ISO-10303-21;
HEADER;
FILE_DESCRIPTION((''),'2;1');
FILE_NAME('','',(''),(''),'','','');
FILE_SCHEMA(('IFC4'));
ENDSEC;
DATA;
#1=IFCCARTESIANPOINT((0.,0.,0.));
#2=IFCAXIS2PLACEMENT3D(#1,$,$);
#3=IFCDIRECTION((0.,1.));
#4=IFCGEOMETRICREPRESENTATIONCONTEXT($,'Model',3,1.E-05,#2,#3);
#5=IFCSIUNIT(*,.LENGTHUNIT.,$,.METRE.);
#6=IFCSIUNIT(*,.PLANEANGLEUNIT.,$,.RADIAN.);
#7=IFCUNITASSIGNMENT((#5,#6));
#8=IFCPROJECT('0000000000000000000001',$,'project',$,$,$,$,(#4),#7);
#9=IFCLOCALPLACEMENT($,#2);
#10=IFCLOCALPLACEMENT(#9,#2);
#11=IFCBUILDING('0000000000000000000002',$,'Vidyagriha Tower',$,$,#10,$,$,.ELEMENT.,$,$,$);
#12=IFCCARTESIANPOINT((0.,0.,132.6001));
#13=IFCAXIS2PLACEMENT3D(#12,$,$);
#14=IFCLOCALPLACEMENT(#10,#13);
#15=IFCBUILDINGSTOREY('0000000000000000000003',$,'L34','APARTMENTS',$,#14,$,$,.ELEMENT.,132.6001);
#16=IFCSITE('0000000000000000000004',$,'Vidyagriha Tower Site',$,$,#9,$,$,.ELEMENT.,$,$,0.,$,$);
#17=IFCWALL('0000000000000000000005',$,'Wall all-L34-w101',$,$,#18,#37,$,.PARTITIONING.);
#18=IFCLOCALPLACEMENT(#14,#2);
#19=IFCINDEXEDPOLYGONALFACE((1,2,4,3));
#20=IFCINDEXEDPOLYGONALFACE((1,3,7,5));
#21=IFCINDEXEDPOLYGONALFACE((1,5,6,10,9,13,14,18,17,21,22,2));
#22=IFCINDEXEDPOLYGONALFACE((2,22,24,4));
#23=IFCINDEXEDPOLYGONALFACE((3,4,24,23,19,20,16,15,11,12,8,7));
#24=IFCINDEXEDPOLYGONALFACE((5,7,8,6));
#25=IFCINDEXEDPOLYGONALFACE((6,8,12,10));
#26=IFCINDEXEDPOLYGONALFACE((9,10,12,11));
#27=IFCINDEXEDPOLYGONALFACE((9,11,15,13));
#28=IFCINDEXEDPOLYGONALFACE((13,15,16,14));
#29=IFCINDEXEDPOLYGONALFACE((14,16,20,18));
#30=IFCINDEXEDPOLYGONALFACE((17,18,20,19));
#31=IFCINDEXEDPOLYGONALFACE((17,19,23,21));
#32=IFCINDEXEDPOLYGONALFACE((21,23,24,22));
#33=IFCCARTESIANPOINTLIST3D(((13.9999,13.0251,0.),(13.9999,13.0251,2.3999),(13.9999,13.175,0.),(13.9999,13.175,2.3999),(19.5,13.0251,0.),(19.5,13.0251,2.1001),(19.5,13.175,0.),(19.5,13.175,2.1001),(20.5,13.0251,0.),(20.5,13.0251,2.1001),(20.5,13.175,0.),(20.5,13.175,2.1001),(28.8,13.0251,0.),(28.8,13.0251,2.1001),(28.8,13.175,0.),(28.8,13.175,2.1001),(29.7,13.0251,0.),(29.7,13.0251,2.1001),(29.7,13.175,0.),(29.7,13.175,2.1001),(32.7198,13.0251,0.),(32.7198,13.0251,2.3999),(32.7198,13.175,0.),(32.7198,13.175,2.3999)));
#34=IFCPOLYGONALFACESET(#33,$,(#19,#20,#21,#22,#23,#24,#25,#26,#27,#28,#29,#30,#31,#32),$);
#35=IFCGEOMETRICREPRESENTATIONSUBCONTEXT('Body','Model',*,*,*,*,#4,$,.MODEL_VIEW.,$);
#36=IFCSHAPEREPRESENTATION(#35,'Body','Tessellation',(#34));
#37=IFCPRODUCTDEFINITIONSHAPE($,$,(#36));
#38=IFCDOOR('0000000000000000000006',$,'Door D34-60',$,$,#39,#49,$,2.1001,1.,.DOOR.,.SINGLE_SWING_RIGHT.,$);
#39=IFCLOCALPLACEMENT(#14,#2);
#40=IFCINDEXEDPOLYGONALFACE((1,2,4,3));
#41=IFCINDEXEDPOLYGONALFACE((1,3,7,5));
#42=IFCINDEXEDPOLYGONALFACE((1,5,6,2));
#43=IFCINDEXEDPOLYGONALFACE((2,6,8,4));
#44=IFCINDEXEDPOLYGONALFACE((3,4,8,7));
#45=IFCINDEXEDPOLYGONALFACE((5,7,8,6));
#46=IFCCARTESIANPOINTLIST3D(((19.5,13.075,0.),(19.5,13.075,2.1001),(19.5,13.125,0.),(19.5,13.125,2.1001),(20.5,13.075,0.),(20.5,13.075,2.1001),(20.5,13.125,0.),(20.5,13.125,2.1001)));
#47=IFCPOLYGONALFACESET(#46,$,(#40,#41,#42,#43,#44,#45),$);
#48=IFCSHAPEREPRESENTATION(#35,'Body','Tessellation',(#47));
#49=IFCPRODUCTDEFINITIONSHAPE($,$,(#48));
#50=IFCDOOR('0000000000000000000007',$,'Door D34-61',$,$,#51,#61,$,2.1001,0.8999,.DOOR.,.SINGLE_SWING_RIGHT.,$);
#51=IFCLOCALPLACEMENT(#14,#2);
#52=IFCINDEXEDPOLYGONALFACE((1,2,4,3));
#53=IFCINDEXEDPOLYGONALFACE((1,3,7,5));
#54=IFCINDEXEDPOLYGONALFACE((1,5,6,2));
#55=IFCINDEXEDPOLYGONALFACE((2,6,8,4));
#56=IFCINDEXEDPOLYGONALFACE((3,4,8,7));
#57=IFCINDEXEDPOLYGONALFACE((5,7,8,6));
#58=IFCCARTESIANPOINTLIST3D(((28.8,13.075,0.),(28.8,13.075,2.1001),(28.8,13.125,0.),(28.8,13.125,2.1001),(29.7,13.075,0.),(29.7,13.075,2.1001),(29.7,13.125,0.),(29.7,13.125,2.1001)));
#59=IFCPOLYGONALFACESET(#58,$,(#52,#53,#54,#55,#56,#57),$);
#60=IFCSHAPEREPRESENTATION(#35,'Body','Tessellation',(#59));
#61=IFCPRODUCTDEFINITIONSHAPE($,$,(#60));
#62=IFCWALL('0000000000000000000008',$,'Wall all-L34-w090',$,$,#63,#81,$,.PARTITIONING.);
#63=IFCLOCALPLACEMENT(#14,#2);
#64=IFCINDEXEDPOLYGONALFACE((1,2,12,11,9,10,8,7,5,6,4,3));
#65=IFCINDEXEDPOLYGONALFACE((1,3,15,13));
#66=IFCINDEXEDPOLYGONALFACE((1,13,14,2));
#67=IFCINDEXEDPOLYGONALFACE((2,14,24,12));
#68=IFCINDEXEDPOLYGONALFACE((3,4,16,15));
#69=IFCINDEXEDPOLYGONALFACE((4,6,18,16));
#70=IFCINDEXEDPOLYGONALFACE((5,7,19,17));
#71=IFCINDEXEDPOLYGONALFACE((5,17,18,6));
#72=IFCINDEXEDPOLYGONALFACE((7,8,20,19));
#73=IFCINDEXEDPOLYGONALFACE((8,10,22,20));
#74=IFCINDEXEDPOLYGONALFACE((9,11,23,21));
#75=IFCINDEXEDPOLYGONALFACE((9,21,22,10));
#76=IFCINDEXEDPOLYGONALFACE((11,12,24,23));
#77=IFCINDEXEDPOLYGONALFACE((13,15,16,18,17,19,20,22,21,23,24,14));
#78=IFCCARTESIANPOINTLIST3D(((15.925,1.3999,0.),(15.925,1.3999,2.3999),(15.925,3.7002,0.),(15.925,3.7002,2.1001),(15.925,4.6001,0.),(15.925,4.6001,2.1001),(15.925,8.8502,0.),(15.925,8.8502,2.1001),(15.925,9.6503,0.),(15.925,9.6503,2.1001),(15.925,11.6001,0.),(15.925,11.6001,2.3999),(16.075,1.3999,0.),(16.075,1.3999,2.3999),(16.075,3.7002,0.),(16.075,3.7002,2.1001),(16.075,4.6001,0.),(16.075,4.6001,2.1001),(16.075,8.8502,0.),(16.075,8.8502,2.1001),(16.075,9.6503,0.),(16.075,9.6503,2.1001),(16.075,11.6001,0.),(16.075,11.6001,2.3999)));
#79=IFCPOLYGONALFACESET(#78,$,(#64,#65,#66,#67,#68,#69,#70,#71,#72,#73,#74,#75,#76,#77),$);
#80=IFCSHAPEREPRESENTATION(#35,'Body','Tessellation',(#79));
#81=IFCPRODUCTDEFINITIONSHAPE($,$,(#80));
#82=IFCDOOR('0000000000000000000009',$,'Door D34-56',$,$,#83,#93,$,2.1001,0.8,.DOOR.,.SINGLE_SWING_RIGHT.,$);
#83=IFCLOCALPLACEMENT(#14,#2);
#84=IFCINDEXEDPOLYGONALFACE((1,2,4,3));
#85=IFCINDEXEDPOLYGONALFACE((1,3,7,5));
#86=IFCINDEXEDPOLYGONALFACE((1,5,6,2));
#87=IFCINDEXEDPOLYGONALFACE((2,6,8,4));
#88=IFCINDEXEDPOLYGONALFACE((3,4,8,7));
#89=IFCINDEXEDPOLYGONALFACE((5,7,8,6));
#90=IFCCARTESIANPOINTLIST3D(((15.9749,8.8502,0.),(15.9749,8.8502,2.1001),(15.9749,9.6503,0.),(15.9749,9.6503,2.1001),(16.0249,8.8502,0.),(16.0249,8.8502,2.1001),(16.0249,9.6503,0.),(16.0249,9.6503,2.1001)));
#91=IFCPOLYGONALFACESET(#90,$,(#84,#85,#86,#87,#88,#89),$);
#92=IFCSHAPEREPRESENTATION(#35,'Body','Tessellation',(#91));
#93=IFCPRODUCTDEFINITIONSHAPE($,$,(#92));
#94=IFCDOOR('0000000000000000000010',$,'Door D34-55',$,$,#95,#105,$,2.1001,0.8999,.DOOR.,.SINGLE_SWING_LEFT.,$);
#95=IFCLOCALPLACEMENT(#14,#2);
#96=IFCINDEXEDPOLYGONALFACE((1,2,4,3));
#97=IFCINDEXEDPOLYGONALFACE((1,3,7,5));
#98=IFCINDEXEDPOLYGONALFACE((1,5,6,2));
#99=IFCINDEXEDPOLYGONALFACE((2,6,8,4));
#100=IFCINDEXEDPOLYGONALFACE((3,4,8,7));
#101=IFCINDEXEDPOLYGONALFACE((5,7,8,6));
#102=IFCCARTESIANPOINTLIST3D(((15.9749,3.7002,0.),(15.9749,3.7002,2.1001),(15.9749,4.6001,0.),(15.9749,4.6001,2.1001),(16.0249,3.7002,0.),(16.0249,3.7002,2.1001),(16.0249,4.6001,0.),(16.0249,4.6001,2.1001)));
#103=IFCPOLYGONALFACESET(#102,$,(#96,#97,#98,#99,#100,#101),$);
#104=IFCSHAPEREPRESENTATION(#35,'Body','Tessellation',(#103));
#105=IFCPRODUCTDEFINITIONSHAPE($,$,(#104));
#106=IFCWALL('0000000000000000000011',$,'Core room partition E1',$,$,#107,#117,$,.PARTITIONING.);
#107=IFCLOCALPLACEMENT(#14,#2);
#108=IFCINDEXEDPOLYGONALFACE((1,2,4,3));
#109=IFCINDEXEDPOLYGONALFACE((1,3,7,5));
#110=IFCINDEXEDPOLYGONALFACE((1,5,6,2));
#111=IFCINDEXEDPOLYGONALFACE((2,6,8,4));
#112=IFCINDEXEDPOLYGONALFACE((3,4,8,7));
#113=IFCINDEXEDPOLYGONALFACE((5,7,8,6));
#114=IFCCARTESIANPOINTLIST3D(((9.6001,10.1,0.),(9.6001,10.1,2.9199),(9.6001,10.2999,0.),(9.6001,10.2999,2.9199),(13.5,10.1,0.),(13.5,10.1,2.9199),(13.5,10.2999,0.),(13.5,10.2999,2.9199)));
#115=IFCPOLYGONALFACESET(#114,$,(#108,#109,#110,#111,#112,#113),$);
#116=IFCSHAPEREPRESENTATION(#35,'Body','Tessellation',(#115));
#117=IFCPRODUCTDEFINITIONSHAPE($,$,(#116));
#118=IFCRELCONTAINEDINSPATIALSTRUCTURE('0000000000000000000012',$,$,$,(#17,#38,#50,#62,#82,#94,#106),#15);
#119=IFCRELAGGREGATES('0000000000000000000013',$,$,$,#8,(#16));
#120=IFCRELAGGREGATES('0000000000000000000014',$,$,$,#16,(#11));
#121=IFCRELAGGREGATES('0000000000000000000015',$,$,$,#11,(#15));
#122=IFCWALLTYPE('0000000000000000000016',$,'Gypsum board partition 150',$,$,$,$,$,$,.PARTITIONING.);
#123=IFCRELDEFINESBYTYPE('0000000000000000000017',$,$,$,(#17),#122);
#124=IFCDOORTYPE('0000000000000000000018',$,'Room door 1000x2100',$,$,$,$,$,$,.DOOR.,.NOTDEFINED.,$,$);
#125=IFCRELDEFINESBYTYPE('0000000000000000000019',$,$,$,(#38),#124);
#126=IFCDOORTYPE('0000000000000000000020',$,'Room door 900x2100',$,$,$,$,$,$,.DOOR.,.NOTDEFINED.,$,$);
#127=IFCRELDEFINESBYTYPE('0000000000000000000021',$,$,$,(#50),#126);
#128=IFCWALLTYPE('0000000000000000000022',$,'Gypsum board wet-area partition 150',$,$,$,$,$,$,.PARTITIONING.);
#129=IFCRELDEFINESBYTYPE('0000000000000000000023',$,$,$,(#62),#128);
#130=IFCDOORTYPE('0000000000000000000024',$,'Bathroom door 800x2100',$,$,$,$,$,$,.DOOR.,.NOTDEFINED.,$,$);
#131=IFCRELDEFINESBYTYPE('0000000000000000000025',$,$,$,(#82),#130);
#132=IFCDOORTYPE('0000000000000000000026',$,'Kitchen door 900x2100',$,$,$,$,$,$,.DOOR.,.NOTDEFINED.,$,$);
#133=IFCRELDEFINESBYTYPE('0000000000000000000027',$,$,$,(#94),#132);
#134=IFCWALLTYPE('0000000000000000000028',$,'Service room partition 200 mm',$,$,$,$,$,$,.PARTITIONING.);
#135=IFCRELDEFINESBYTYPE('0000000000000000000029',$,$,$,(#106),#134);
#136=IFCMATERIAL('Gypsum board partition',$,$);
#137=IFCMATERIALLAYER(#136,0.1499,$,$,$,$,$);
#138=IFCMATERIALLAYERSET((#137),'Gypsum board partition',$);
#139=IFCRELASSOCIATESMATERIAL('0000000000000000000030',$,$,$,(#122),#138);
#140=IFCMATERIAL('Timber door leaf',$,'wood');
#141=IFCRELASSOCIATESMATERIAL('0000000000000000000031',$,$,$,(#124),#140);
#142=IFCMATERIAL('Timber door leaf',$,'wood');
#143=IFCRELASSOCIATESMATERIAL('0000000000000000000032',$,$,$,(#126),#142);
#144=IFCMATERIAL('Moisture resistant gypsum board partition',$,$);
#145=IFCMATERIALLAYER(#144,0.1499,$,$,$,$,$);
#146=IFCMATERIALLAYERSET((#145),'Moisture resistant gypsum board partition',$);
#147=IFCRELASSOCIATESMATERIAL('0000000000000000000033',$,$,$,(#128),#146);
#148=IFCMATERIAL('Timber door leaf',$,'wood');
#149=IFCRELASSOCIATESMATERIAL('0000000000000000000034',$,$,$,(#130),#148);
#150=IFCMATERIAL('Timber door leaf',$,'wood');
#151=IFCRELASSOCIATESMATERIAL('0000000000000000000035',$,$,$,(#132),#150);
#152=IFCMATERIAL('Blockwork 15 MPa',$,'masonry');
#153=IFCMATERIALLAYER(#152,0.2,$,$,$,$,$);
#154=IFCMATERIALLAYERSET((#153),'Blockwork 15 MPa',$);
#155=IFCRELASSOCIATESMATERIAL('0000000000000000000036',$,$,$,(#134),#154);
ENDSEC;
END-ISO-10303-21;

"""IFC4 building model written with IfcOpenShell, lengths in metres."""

from ifc_helpers import new_model, si_unit, direction, frame, frame_2d, origin, place, context, subcontext, project, spatial, rectangle, extrude, material, layer, layer_set, type_object, element, fill, save


model = new_model("IFC4")

# Units and contexts
model_context = context("Model", 3, precision=1e-05, world=origin(), true_north=direction((0.0, 1.0)))
body_context = subcontext(model_context, "Body", "Model", "MODEL_VIEW")
ifc_project = project(units=[si_unit("LENGTHUNIT", "METRE"), si_unit("PLANEANGLEUNIT", "RADIAN")], contexts=[model_context])

# Site, building, storey
site_placement = place(None, origin())
site = spatial("IfcSite", under=ifc_project, at=site_placement, Name="Vidyagriha Tower Site", CompositionType="ELEMENT", RefElevation=0.0)
building_placement = place(site_placement, origin())
building = spatial("IfcBuilding", under=site, at=building_placement, Name="Vidyagriha Tower", CompositionType="ELEMENT")
storey_placement = place(building_placement, frame((0.0, 0.0, 132.6001)))
storey = spatial("IfcBuildingStorey", under=building, at=storey_placement, Name="L34", Description="APARTMENTS", CompositionType="ELEMENT", Elevation=132.6001)

# Shared definitions
ifc_material_1 = material(Name="Gypsum board partition")
ifc_layer_1 = layer(ifc_material_1, 0.1499)
ifc_layer_set_1 = layer_set([ifc_layer_1], Name="Gypsum board partition")
wall_type_1 = type_object("IfcWallType", Name="Gypsum board partition 150", PredefinedType="PARTITIONING", material=ifc_layer_set_1)

# Walls, openings, doors
wall_1_placement = place(storey_placement, frame((14.0, 13.1001, 0.0)))
wall_1 = element("IfcWall", 1, at=wall_1_placement, inside=storey, type_object=wall_type_1, Name="Wall all-L34-w101", PredefinedType="PARTITIONING", context=body_context, shape_type="SweptSolid", body=[
    extrude(rectangle(XDim=18.72, YDim=0.1499, at=frame_2d((9.3599, 0.0))), origin(), (0.0, 0.0, 1.0), 2.3999),
])
opening_1_placement = place(wall_1_placement, frame((5.5, 0.0, 0.0)))
opening_1 = element("IfcOpeningElement", 2, at=opening_1_placement, cuts=wall_1, PredefinedType="OPENING", context=body_context, shape_type="SweptSolid", body=[
    extrude(rectangle(XDim=1.0, YDim=2.1001, at=frame_2d((0.5, 1.05))), frame((0.0, 0.085, 0.0), z_axis=(0.0, -1.0, 0.0), x_axis=(1.0, 0.0, 0.0)), (0.0, 0.0, 1.0), 0.1699),
])
opening_2_placement = place(wall_1_placement, frame((14.8, 0.0, 0.0)))
opening_2 = element("IfcOpeningElement", 3, at=opening_2_placement, cuts=wall_1, PredefinedType="OPENING", context=body_context, shape_type="SweptSolid", body=[
    extrude(rectangle(XDim=0.8999, YDim=2.1001, at=frame_2d((0.45, 1.05))), frame((0.0, 0.085, 0.0), z_axis=(0.0, -1.0, 0.0), x_axis=(1.0, 0.0, 0.0)), (0.0, 0.0, 1.0), 0.1699),
])
ifc_material_2 = material(Name="Timber door leaf", Category="wood")
door_type_1 = type_object("IfcDoorType", Name="Room door 1000x2100", OperationType="NOTDEFINED", PredefinedType="DOOR", material=ifc_material_2)
door_1_placement = place(opening_1_placement, origin())
door_1 = element("IfcDoor", 4, at=door_1_placement, inside=storey, type_object=door_type_1, Name="Door D34-60", OperationType="SINGLE_SWING_RIGHT", OverallHeight=2.1001, OverallWidth=1.0, PredefinedType="DOOR", context=body_context, shape_type="SweptSolid", body=[
    extrude(rectangle(XDim=1.0, YDim=2.1001, at=frame_2d((0.5, 1.05))), frame((0.0, 0.0249, 0.0), z_axis=(0.0, -1.0, 0.0), x_axis=(1.0, 0.0, 0.0)), (0.0, 0.0, 1.0), 0.05),
])
fill(opening_1, door_1)
ifc_material_3 = material(Name="Timber door leaf", Category="wood")
door_type_2 = type_object("IfcDoorType", Name="Room door 900x2100", OperationType="NOTDEFINED", PredefinedType="DOOR", material=ifc_material_3)
door_2_placement = place(opening_2_placement, origin())
door_2 = element("IfcDoor", 5, at=door_2_placement, inside=storey, type_object=door_type_2, Name="Door D34-61", OperationType="SINGLE_SWING_RIGHT", OverallHeight=2.1001, OverallWidth=0.8999, PredefinedType="DOOR", context=body_context, shape_type="SweptSolid", body=[
    extrude(rectangle(XDim=0.8999, YDim=2.1001, at=frame_2d((0.45, 1.05))), frame((0.0, 0.0249, 0.0), z_axis=(0.0, -1.0, 0.0), x_axis=(1.0, 0.0, 0.0)), (0.0, 0.0, 1.0), 0.05),
])
fill(opening_2, door_2)
ifc_material_4 = material(Name="Moisture resistant gypsum board partition")
ifc_layer_2 = layer(ifc_material_4, 0.1499)
ifc_layer_set_2 = layer_set([ifc_layer_2], Name="Moisture resistant gypsum board partition")
wall_type_2 = type_object("IfcWallType", Name="Gypsum board wet-area partition 150", PredefinedType="PARTITIONING", material=ifc_layer_set_2)
wall_2_placement = place(storey_placement, frame((16.0, 11.6001, 0.0), z_axis=(0.0, 0.0, 1.0), x_axis=(0.0, -1.0, 0.0)))
wall_2 = element("IfcWall", 6, at=wall_2_placement, inside=storey, type_object=wall_type_2, Name="Wall all-L34-w090", PredefinedType="PARTITIONING", context=body_context, shape_type="SweptSolid", body=[
    extrude(rectangle(XDim=10.2002, YDim=0.1499, at=frame_2d((5.1001, 0.0))), origin(), (0.0, 0.0, 1.0), 2.3999),
])
opening_3_placement = place(wall_2_placement, frame((7.0, 0.0, 0.0)))
opening_3 = element("IfcOpeningElement", 7, at=opening_3_placement, cuts=wall_2, PredefinedType="OPENING", context=body_context, shape_type="SweptSolid", body=[
    extrude(rectangle(XDim=0.8999, YDim=2.1001, at=frame_2d((0.45, 1.05))), frame((0.0, 0.085, 0.0), z_axis=(0.0, -1.0, 0.0), x_axis=(1.0, 0.0, 0.0)), (0.0, 0.0, 1.0), 0.1699),
])
opening_4_placement = place(wall_2_placement, frame((1.95, 0.0, 0.0)))
opening_4 = element("IfcOpeningElement", 8, at=opening_4_placement, cuts=wall_2, PredefinedType="OPENING", context=body_context, shape_type="SweptSolid", body=[
    extrude(rectangle(XDim=0.8, YDim=2.1001, at=frame_2d((0.3999, 1.05))), frame((0.0, 0.085, 0.0), z_axis=(0.0, -1.0, 0.0), x_axis=(1.0, 0.0, 0.0)), (0.0, 0.0, 1.0), 0.1699),
])
ifc_material_5 = material(Name="Timber door leaf", Category="wood")
door_type_3 = type_object("IfcDoorType", Name="Bathroom door 800x2100", OperationType="NOTDEFINED", PredefinedType="DOOR", material=ifc_material_5)
door_3_placement = place(opening_4_placement, origin())
door_3 = element("IfcDoor", 9, at=door_3_placement, inside=storey, type_object=door_type_3, Name="Door D34-56", OperationType="SINGLE_SWING_RIGHT", OverallHeight=2.1001, OverallWidth=0.8, PredefinedType="DOOR", context=body_context, shape_type="SweptSolid", body=[
    extrude(rectangle(XDim=0.8, YDim=2.1001, at=frame_2d((0.3999, 1.05))), frame((0.0, 0.0249, 0.0), z_axis=(0.0, -1.0, 0.0), x_axis=(1.0, 0.0, 0.0)), (0.0, 0.0, 1.0), 0.05),
])
fill(opening_4, door_3)
ifc_material_6 = material(Name="Timber door leaf", Category="wood")
door_type_4 = type_object("IfcDoorType", Name="Kitchen door 900x2100", OperationType="NOTDEFINED", PredefinedType="DOOR", material=ifc_material_6)
door_4_placement = place(opening_3_placement, origin())
door_4 = element("IfcDoor", 10, at=door_4_placement, inside=storey, type_object=door_type_4, Name="Door D34-55", OperationType="SINGLE_SWING_LEFT", OverallHeight=2.1001, OverallWidth=0.8999, PredefinedType="DOOR", context=body_context, shape_type="SweptSolid", body=[
    extrude(rectangle(XDim=0.8999, YDim=2.1001, at=frame_2d((0.45, 1.05))), frame((0.0, 0.0249, 0.0), z_axis=(0.0, -1.0, 0.0), x_axis=(1.0, 0.0, 0.0)), (0.0, 0.0, 1.0), 0.05),
])
fill(opening_3, door_4)

# Wall
ifc_material_7 = material(Name="Blockwork 15 MPa", Category="masonry")
ifc_layer_3 = layer(ifc_material_7, 0.2)
ifc_layer_set_3 = layer_set([ifc_layer_3], Name="Blockwork 15 MPa")
wall_type_3 = type_object("IfcWallType", Name="Service room partition 200 mm", PredefinedType="PARTITIONING", material=ifc_layer_set_3)
wall_3_placement = place(storey_placement, frame((9.6001, 10.2, 0.0)))
element("IfcWall", 11, at=wall_3_placement, inside=storey, type_object=wall_type_3, Name="Core room partition E1", PredefinedType="PARTITIONING", context=body_context, shape_type="SweptSolid", body=[
    extrude(rectangle(XDim=3.8999, YDim=0.2, at=frame_2d((1.95, 0.0))), origin(), (0.0, 0.0, 1.0), 2.9199),
])

save(model, "model.ifc")
